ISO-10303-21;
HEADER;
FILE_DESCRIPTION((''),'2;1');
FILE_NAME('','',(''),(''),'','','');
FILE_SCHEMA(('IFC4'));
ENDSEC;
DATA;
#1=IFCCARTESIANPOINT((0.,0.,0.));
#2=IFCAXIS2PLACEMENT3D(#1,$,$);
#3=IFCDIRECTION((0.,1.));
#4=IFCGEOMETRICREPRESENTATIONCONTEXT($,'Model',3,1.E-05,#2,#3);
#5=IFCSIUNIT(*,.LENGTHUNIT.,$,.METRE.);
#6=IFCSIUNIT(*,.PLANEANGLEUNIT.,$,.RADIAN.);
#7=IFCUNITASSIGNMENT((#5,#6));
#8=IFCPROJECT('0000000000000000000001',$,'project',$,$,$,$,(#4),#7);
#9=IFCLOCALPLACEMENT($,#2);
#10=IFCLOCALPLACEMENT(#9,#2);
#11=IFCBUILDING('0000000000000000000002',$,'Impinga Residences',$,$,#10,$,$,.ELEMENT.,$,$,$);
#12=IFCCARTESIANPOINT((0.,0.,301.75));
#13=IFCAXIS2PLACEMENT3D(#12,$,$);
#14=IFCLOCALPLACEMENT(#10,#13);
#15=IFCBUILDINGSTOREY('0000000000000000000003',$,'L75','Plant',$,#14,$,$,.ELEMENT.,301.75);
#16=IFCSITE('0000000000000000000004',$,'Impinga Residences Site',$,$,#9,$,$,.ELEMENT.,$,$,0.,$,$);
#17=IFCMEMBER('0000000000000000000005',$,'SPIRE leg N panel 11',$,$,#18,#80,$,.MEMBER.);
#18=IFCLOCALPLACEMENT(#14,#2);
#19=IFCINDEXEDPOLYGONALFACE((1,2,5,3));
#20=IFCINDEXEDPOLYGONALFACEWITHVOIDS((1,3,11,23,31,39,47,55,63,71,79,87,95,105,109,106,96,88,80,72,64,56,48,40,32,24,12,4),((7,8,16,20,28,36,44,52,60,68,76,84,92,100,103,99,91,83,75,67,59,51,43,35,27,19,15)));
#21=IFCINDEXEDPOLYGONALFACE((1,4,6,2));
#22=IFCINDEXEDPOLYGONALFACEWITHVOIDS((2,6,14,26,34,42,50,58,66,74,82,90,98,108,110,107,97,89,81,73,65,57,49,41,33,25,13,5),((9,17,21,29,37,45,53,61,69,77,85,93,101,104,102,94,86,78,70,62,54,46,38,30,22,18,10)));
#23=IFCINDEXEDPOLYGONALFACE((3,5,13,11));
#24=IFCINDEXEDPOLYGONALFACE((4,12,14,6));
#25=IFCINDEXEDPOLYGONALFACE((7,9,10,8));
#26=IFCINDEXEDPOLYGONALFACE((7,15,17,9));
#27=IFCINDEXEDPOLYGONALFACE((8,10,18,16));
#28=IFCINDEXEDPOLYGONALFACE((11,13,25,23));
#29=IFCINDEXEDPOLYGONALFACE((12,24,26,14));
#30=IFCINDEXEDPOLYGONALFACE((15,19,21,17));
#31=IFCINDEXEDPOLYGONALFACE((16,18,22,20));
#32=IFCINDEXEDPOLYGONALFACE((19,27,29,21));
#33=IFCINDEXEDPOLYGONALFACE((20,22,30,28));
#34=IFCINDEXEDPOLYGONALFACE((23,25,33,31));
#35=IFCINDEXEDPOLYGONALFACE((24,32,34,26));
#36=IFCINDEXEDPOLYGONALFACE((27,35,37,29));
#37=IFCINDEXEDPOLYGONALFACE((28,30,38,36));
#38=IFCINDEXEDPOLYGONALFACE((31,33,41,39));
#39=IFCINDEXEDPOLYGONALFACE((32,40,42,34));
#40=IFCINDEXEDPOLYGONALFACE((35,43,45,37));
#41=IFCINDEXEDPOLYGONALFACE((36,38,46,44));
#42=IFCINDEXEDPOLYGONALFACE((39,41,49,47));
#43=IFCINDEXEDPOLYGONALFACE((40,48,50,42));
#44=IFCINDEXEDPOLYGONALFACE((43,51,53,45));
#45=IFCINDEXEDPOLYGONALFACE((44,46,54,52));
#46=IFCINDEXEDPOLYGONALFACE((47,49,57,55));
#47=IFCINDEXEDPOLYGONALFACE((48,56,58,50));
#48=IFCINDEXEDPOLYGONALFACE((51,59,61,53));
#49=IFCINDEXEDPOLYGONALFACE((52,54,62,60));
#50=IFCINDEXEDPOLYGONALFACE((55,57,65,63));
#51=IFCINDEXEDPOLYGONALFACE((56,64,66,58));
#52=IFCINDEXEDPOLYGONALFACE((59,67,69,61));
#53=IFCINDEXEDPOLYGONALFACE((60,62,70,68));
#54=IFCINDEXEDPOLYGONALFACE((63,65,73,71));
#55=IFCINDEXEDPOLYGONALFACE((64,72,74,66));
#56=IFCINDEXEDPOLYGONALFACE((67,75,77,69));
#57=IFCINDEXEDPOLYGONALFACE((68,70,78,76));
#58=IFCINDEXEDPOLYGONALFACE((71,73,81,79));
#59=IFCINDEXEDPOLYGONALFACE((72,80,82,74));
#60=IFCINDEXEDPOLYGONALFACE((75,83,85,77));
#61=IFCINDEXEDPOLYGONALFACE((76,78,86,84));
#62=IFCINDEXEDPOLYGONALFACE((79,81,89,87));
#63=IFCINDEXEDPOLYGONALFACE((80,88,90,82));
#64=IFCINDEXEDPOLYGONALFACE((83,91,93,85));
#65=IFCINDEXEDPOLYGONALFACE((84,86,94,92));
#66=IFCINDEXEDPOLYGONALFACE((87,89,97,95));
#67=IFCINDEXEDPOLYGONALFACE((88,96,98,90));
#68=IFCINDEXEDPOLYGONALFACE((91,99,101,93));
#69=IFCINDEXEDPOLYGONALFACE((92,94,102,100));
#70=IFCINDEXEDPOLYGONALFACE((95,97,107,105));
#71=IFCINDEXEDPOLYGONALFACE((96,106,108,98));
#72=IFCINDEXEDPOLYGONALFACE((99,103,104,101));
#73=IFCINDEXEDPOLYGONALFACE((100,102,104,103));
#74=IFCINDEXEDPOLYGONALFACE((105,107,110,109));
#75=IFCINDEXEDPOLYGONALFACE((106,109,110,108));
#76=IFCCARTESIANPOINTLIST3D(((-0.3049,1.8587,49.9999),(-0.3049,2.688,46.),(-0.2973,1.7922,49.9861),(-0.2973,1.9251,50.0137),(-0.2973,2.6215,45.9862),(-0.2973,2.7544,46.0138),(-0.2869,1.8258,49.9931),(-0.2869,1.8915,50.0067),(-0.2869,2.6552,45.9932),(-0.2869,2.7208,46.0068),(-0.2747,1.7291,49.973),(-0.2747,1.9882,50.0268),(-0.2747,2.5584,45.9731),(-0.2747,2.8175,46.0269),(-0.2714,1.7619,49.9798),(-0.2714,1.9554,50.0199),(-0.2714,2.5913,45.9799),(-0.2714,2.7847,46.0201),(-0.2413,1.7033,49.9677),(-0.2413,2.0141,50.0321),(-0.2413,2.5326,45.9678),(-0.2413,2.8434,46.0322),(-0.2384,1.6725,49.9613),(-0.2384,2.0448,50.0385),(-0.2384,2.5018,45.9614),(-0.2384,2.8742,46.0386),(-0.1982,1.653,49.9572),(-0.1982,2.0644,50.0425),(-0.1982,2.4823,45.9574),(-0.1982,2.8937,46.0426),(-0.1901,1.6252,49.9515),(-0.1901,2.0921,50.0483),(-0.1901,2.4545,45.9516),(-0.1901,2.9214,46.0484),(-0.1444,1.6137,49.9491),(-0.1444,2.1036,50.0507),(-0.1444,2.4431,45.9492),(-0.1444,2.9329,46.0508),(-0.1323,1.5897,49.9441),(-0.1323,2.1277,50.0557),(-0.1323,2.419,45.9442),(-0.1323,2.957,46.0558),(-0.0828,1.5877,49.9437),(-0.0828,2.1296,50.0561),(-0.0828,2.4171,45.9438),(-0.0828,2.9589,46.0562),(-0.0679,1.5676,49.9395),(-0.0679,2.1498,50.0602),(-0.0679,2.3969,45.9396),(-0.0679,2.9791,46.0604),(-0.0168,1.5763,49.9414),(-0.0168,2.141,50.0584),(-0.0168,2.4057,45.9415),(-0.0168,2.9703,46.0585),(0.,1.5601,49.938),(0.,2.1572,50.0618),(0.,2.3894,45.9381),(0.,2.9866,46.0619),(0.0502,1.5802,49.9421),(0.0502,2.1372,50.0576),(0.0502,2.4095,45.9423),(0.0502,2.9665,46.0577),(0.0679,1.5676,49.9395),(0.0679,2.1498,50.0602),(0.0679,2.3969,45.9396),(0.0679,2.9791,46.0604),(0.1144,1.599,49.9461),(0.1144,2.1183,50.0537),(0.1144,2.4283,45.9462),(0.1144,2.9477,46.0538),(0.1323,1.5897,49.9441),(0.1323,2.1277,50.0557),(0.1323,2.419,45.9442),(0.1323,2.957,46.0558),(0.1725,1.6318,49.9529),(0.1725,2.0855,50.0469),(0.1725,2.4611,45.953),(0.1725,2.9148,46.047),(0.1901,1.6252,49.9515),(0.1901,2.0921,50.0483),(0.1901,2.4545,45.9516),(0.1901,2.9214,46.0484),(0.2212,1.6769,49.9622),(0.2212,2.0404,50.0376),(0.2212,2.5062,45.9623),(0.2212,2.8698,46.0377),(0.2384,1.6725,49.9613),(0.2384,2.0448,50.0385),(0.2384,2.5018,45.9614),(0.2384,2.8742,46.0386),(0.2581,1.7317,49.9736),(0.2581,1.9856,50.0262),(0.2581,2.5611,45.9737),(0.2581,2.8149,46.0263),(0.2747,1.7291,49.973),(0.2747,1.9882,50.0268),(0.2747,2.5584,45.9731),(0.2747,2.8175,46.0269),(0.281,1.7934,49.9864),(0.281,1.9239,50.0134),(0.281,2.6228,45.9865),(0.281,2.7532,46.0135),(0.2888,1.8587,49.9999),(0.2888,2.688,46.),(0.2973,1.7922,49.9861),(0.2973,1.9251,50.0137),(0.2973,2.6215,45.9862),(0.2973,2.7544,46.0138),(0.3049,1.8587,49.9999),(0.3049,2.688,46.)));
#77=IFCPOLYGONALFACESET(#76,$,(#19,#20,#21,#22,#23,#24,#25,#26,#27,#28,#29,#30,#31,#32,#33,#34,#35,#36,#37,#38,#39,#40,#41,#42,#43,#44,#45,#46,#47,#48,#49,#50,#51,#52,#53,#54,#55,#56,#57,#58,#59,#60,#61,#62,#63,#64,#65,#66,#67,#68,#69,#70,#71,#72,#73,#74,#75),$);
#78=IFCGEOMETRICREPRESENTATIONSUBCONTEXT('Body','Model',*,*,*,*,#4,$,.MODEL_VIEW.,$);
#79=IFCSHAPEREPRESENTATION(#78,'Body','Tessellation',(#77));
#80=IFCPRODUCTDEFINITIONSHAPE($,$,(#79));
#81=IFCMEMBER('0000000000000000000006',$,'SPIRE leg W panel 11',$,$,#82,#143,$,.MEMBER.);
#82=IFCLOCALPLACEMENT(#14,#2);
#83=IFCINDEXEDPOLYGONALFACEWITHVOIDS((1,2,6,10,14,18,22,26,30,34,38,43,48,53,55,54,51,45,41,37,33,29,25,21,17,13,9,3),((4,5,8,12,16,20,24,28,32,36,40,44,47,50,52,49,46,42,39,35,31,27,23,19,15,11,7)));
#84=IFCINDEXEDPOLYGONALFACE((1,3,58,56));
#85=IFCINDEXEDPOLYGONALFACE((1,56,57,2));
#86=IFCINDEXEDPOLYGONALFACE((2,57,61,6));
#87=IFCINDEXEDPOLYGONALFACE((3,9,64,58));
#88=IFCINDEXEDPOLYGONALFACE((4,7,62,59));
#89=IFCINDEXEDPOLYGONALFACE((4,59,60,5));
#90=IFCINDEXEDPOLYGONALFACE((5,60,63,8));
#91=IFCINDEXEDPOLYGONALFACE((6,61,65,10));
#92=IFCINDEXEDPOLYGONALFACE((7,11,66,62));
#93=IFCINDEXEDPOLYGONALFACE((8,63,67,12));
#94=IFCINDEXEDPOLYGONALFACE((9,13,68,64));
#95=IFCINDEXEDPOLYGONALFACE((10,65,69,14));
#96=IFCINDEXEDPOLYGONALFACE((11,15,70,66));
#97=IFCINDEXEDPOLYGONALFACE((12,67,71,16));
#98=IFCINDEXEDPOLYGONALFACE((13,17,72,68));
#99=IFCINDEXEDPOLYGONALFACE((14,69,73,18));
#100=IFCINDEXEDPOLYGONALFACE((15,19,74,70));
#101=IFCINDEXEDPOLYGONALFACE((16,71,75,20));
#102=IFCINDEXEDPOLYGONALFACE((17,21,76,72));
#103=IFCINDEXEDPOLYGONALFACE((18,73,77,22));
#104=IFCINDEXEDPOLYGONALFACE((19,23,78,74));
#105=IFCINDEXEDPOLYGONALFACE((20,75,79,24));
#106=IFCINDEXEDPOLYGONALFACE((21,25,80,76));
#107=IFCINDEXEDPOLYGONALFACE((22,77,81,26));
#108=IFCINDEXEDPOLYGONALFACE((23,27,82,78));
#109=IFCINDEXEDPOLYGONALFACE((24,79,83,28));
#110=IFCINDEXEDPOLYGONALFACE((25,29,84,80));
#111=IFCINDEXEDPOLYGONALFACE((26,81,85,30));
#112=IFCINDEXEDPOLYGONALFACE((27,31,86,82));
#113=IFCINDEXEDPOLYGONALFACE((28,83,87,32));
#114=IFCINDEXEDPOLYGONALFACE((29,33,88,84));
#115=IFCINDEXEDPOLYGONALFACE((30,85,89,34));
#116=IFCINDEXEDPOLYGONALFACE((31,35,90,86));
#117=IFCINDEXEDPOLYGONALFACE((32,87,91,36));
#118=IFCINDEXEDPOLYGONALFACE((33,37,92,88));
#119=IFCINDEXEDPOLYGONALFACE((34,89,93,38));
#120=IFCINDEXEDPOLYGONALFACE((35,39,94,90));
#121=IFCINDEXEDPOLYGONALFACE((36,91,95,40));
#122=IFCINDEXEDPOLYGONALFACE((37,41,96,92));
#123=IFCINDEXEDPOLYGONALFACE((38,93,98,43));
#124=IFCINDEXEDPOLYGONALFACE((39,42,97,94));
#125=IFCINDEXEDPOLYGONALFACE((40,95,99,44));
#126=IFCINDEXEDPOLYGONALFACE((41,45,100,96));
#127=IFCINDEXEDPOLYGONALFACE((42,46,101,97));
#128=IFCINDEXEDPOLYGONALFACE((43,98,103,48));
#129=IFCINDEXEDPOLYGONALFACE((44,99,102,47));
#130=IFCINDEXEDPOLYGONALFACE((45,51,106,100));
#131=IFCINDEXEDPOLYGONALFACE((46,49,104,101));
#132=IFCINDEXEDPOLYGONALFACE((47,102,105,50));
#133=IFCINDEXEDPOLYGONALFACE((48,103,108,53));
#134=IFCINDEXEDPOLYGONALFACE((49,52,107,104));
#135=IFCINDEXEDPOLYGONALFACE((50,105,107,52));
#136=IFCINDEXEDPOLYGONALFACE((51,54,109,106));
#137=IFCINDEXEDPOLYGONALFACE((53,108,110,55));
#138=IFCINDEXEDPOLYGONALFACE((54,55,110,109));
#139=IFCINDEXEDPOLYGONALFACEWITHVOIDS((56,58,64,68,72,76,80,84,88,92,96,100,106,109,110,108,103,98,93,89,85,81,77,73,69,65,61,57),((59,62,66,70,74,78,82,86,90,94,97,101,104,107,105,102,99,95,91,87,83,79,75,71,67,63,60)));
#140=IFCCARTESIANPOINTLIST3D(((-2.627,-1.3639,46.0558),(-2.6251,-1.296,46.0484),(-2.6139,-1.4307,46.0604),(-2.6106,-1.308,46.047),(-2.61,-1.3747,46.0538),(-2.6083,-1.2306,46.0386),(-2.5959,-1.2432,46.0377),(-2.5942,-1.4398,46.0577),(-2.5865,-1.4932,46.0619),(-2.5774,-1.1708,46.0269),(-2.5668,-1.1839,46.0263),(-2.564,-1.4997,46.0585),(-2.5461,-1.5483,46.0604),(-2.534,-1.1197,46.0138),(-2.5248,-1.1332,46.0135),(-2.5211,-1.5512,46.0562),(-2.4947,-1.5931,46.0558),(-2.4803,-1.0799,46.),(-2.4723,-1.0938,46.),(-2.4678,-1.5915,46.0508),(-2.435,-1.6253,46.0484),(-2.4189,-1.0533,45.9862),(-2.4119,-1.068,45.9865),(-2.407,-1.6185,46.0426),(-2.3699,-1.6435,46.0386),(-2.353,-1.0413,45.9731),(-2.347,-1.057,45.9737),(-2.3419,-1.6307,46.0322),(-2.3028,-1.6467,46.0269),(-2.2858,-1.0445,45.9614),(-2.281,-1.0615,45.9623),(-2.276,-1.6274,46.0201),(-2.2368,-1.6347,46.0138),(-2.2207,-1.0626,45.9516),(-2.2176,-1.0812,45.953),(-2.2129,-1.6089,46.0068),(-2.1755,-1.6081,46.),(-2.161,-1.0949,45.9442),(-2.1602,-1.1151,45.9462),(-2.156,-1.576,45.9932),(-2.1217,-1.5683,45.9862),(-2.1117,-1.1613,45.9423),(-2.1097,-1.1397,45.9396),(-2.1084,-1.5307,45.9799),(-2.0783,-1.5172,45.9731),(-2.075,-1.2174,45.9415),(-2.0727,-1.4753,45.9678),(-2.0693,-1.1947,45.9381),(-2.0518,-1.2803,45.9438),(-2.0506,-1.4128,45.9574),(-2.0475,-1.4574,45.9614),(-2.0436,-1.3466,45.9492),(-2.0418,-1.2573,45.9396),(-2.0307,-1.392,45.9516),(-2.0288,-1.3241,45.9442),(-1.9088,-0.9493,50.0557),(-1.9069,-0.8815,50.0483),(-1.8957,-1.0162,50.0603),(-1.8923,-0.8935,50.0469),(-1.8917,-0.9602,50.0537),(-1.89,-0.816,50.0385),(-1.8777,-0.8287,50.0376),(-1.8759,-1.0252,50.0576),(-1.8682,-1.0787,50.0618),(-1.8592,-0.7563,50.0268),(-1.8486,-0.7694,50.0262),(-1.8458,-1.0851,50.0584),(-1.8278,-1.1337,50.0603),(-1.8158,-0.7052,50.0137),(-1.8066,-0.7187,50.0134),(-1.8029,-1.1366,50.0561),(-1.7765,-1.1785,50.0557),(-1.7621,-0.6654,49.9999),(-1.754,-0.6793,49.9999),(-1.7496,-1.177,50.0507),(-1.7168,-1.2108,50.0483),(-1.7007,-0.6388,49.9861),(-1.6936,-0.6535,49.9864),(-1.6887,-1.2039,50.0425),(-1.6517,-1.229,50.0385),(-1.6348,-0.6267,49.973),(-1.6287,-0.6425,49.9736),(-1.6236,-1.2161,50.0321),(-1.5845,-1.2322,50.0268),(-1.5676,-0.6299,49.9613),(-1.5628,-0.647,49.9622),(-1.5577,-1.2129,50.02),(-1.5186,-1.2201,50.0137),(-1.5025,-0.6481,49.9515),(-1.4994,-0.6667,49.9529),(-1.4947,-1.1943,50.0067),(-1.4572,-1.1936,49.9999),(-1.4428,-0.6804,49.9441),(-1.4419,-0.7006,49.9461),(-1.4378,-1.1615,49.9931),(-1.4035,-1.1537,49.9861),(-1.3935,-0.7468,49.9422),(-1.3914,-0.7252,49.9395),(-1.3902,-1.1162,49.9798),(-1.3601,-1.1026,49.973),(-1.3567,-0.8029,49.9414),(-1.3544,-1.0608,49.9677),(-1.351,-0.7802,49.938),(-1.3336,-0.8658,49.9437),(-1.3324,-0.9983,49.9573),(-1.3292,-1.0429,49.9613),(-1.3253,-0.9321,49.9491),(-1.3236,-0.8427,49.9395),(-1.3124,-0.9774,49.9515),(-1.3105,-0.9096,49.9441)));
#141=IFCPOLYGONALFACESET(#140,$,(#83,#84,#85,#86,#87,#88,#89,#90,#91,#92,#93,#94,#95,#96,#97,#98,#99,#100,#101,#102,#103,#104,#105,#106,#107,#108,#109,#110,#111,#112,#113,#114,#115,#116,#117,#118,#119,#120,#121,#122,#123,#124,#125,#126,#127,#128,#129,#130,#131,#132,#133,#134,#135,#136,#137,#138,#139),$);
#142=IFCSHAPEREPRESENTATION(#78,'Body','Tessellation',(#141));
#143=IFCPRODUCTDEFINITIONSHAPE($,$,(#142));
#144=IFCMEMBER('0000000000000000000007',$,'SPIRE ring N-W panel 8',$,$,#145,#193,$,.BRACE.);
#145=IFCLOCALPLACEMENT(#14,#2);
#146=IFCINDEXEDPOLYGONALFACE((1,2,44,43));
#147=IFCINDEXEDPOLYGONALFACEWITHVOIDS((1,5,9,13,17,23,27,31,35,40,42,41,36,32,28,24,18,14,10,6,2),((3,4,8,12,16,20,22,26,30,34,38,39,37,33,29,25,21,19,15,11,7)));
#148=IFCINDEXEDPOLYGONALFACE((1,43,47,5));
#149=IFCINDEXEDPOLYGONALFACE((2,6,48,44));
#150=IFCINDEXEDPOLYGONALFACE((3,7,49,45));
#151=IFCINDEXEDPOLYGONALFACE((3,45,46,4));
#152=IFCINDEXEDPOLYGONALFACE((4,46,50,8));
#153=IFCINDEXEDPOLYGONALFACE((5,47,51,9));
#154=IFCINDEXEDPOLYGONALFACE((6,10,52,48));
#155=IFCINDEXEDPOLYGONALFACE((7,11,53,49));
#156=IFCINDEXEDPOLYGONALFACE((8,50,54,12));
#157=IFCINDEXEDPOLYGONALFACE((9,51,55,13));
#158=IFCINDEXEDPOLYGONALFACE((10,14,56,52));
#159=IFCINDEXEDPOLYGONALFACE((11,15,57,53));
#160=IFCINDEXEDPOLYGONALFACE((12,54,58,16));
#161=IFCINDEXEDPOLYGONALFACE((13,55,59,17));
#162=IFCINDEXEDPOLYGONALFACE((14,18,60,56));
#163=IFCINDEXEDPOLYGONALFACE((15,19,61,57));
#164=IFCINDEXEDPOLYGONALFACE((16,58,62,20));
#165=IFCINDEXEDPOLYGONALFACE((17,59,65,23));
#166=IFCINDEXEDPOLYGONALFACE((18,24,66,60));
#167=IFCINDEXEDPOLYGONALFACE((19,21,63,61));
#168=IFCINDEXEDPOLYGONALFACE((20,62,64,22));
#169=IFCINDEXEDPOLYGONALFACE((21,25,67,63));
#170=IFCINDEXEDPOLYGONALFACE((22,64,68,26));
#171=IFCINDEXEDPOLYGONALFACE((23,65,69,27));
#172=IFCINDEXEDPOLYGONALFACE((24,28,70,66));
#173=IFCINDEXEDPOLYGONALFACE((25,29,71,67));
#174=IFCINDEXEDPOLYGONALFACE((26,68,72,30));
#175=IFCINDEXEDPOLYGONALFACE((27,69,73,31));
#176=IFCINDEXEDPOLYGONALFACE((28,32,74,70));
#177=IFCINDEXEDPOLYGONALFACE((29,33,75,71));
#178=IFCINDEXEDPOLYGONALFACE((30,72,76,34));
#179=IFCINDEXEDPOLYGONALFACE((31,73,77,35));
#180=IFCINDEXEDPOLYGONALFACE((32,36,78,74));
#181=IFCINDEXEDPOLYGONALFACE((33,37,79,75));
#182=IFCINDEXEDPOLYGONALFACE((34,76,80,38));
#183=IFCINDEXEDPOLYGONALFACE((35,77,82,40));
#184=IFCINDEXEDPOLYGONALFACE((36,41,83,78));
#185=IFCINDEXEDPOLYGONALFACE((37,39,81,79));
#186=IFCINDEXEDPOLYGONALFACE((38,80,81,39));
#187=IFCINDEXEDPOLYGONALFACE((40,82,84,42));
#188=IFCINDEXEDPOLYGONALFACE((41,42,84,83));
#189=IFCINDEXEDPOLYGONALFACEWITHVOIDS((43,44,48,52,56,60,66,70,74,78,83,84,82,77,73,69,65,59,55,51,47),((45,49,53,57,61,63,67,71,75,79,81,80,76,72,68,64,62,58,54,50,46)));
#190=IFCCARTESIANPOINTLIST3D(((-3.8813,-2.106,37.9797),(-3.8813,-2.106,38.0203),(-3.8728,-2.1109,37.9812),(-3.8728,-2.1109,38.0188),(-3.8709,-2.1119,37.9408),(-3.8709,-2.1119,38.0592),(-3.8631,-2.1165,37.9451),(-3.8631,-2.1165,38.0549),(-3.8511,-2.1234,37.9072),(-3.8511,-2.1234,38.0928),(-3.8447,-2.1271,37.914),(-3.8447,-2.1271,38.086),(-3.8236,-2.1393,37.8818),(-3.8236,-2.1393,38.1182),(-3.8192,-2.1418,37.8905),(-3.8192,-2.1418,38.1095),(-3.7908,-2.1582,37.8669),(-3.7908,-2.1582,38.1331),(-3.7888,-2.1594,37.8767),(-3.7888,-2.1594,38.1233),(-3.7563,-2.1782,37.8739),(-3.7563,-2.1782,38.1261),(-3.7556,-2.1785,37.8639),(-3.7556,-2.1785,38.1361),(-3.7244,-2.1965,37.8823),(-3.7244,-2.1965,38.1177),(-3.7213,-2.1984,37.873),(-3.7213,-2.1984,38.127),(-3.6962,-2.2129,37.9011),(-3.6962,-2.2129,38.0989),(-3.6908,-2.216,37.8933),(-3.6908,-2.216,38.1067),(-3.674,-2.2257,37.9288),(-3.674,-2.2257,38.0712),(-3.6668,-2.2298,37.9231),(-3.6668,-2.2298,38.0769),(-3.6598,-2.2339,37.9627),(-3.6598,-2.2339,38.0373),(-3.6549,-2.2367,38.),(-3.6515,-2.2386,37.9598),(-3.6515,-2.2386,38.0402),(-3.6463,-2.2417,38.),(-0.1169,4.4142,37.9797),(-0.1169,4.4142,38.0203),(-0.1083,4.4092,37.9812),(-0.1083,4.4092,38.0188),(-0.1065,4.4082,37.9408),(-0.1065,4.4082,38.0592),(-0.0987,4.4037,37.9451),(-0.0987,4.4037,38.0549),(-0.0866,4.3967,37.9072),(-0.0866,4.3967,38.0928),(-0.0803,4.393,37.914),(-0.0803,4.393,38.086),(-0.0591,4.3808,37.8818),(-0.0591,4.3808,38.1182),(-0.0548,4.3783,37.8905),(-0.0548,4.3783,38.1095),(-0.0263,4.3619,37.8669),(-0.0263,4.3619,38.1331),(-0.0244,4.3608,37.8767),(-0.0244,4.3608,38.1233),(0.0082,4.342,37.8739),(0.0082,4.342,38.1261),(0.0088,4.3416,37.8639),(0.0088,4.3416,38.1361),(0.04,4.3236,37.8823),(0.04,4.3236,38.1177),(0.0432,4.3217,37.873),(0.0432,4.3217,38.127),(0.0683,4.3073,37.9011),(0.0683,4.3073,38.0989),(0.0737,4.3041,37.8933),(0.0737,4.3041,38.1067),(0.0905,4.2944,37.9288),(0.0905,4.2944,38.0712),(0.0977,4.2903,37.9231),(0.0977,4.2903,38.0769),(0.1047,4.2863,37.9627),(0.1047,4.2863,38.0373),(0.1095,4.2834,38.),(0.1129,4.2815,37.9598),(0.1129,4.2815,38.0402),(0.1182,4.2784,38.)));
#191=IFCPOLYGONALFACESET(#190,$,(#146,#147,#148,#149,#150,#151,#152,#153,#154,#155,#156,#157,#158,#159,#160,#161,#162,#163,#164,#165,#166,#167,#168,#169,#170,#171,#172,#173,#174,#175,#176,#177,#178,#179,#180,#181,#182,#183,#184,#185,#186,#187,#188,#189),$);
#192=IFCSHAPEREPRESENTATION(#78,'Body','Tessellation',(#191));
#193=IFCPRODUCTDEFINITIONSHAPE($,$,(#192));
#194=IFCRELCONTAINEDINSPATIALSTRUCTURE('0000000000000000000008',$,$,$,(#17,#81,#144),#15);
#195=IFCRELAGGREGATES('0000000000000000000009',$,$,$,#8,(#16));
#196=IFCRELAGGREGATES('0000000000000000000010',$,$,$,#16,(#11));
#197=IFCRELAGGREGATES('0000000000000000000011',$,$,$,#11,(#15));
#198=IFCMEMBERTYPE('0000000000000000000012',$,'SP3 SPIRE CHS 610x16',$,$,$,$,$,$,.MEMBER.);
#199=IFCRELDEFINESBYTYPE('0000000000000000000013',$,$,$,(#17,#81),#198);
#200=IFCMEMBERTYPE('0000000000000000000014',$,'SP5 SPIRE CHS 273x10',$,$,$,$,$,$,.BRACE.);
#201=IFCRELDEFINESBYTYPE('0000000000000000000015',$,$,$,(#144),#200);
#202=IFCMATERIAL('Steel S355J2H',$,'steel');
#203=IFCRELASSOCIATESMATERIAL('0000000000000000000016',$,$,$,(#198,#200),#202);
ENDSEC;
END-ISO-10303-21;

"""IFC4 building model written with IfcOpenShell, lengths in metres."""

from ifc_helpers import new_model, si_unit, direction, frame, origin, origin_2d, place, context, subcontext, project, spatial, hollow_circle, extrude, material, material_profile, profile_set, type_object, element, save


model = new_model("IFC4")

# Units and contexts
model_context = context("Model", 3, precision=1e-05, world=origin(), true_north=direction((0.0, 1.0)))
body_context = subcontext(model_context, "Body", "Model", "MODEL_VIEW")
ifc_project = project(units=[si_unit("LENGTHUNIT", "METRE"), si_unit("PLANEANGLEUNIT", "RADIAN")], contexts=[model_context])

# Site, building, storey
site_placement = place(None, origin())
site = spatial("IfcSite", under=ifc_project, at=site_placement, Name="Impinga Residences Site", CompositionType="ELEMENT", RefElevation=0.0)
building_placement = place(site_placement, origin())
building = spatial("IfcBuilding", under=site, at=building_placement, Name="Impinga Residences", CompositionType="ELEMENT")
storey_placement = place(building_placement, frame((0.0, 0.0, 301.75)))
storey = spatial("IfcBuildingStorey", under=building, at=storey_placement, Name="L75", Description="Plant", CompositionType="ELEMENT", Elevation=301.75)

# Members
ifc_material = material(Name="Steel S355J2H", Category="steel")
ifc_material_profile_1 = material_profile(ifc_material, hollow_circle(Radius=0.3049, WallThickness=0.0161, at=origin_2d()), Name="CHS 610x16")
ifc_profile_set_1 = profile_set([ifc_material_profile_1], Name="Steel S355J2H")
member_type_1 = type_object("IfcMemberType", Name="SP3 SPIRE CHS 610x16", PredefinedType="MEMBER", material=ifc_profile_set_1)
for number, where, z_axis, x_axis, name in (
    (1, (0.0, 2.688, 46.0), (0.0, -0.203019, 0.979175), (1.0, 0.0, 0.0), "SPIRE leg N panel 11"),
    (2, (-2.3279, -1.344, 46.0), (0.175826, 0.10148, 0.979177), (-0.499875, 0.866097, 0.0), "SPIRE leg W panel 11"),
):
    element("IfcMember", number, at=place(storey_placement, frame(where, z_axis=z_axis, x_axis=x_axis)), inside=storey, type_object=member_type_1, Name=name, PredefinedType="MEMBER", context=body_context, shape_type="SweptSolid", body=[
        extrude(hollow_circle(Radius=0.3049, WallThickness=0.0161, at=origin_2d()), origin(), (0.0, 0.0, 1.0), 4.085),
    ])
ifc_material_profile_2 = material_profile(ifc_material, hollow_circle(Radius=0.1365, WallThickness=0.01, at=origin_2d()), Name="CHS 273x10")
ifc_profile_set_2 = profile_set([ifc_material_profile_2], Name="Steel S355J2H")
member_type_2 = type_object("IfcMemberType", Name="SP5 SPIRE CHS 273x10", PredefinedType="BRACE", material=ifc_profile_set_2)
for number, where, z_axis, x_axis, name in (
    (3, (0.0, 4.3467, 38.0), (-0.500007, -0.866021, 0.0), (0.866021, -0.500007, 0.0), "SPIRE ring N-W panel 8"),
):
    element("IfcMember", number, at=place(storey_placement, frame(where, z_axis=z_axis, x_axis=x_axis)), inside=storey, type_object=member_type_2, Name=name, PredefinedType="BRACE", context=body_context, shape_type="SweptSolid", body=[
        extrude(hollow_circle(Radius=0.1365, WallThickness=0.01, at=origin_2d()), origin(), (0.0, 0.0, 1.0), 7.5288),
    ])

save(model, "model.ifc")
